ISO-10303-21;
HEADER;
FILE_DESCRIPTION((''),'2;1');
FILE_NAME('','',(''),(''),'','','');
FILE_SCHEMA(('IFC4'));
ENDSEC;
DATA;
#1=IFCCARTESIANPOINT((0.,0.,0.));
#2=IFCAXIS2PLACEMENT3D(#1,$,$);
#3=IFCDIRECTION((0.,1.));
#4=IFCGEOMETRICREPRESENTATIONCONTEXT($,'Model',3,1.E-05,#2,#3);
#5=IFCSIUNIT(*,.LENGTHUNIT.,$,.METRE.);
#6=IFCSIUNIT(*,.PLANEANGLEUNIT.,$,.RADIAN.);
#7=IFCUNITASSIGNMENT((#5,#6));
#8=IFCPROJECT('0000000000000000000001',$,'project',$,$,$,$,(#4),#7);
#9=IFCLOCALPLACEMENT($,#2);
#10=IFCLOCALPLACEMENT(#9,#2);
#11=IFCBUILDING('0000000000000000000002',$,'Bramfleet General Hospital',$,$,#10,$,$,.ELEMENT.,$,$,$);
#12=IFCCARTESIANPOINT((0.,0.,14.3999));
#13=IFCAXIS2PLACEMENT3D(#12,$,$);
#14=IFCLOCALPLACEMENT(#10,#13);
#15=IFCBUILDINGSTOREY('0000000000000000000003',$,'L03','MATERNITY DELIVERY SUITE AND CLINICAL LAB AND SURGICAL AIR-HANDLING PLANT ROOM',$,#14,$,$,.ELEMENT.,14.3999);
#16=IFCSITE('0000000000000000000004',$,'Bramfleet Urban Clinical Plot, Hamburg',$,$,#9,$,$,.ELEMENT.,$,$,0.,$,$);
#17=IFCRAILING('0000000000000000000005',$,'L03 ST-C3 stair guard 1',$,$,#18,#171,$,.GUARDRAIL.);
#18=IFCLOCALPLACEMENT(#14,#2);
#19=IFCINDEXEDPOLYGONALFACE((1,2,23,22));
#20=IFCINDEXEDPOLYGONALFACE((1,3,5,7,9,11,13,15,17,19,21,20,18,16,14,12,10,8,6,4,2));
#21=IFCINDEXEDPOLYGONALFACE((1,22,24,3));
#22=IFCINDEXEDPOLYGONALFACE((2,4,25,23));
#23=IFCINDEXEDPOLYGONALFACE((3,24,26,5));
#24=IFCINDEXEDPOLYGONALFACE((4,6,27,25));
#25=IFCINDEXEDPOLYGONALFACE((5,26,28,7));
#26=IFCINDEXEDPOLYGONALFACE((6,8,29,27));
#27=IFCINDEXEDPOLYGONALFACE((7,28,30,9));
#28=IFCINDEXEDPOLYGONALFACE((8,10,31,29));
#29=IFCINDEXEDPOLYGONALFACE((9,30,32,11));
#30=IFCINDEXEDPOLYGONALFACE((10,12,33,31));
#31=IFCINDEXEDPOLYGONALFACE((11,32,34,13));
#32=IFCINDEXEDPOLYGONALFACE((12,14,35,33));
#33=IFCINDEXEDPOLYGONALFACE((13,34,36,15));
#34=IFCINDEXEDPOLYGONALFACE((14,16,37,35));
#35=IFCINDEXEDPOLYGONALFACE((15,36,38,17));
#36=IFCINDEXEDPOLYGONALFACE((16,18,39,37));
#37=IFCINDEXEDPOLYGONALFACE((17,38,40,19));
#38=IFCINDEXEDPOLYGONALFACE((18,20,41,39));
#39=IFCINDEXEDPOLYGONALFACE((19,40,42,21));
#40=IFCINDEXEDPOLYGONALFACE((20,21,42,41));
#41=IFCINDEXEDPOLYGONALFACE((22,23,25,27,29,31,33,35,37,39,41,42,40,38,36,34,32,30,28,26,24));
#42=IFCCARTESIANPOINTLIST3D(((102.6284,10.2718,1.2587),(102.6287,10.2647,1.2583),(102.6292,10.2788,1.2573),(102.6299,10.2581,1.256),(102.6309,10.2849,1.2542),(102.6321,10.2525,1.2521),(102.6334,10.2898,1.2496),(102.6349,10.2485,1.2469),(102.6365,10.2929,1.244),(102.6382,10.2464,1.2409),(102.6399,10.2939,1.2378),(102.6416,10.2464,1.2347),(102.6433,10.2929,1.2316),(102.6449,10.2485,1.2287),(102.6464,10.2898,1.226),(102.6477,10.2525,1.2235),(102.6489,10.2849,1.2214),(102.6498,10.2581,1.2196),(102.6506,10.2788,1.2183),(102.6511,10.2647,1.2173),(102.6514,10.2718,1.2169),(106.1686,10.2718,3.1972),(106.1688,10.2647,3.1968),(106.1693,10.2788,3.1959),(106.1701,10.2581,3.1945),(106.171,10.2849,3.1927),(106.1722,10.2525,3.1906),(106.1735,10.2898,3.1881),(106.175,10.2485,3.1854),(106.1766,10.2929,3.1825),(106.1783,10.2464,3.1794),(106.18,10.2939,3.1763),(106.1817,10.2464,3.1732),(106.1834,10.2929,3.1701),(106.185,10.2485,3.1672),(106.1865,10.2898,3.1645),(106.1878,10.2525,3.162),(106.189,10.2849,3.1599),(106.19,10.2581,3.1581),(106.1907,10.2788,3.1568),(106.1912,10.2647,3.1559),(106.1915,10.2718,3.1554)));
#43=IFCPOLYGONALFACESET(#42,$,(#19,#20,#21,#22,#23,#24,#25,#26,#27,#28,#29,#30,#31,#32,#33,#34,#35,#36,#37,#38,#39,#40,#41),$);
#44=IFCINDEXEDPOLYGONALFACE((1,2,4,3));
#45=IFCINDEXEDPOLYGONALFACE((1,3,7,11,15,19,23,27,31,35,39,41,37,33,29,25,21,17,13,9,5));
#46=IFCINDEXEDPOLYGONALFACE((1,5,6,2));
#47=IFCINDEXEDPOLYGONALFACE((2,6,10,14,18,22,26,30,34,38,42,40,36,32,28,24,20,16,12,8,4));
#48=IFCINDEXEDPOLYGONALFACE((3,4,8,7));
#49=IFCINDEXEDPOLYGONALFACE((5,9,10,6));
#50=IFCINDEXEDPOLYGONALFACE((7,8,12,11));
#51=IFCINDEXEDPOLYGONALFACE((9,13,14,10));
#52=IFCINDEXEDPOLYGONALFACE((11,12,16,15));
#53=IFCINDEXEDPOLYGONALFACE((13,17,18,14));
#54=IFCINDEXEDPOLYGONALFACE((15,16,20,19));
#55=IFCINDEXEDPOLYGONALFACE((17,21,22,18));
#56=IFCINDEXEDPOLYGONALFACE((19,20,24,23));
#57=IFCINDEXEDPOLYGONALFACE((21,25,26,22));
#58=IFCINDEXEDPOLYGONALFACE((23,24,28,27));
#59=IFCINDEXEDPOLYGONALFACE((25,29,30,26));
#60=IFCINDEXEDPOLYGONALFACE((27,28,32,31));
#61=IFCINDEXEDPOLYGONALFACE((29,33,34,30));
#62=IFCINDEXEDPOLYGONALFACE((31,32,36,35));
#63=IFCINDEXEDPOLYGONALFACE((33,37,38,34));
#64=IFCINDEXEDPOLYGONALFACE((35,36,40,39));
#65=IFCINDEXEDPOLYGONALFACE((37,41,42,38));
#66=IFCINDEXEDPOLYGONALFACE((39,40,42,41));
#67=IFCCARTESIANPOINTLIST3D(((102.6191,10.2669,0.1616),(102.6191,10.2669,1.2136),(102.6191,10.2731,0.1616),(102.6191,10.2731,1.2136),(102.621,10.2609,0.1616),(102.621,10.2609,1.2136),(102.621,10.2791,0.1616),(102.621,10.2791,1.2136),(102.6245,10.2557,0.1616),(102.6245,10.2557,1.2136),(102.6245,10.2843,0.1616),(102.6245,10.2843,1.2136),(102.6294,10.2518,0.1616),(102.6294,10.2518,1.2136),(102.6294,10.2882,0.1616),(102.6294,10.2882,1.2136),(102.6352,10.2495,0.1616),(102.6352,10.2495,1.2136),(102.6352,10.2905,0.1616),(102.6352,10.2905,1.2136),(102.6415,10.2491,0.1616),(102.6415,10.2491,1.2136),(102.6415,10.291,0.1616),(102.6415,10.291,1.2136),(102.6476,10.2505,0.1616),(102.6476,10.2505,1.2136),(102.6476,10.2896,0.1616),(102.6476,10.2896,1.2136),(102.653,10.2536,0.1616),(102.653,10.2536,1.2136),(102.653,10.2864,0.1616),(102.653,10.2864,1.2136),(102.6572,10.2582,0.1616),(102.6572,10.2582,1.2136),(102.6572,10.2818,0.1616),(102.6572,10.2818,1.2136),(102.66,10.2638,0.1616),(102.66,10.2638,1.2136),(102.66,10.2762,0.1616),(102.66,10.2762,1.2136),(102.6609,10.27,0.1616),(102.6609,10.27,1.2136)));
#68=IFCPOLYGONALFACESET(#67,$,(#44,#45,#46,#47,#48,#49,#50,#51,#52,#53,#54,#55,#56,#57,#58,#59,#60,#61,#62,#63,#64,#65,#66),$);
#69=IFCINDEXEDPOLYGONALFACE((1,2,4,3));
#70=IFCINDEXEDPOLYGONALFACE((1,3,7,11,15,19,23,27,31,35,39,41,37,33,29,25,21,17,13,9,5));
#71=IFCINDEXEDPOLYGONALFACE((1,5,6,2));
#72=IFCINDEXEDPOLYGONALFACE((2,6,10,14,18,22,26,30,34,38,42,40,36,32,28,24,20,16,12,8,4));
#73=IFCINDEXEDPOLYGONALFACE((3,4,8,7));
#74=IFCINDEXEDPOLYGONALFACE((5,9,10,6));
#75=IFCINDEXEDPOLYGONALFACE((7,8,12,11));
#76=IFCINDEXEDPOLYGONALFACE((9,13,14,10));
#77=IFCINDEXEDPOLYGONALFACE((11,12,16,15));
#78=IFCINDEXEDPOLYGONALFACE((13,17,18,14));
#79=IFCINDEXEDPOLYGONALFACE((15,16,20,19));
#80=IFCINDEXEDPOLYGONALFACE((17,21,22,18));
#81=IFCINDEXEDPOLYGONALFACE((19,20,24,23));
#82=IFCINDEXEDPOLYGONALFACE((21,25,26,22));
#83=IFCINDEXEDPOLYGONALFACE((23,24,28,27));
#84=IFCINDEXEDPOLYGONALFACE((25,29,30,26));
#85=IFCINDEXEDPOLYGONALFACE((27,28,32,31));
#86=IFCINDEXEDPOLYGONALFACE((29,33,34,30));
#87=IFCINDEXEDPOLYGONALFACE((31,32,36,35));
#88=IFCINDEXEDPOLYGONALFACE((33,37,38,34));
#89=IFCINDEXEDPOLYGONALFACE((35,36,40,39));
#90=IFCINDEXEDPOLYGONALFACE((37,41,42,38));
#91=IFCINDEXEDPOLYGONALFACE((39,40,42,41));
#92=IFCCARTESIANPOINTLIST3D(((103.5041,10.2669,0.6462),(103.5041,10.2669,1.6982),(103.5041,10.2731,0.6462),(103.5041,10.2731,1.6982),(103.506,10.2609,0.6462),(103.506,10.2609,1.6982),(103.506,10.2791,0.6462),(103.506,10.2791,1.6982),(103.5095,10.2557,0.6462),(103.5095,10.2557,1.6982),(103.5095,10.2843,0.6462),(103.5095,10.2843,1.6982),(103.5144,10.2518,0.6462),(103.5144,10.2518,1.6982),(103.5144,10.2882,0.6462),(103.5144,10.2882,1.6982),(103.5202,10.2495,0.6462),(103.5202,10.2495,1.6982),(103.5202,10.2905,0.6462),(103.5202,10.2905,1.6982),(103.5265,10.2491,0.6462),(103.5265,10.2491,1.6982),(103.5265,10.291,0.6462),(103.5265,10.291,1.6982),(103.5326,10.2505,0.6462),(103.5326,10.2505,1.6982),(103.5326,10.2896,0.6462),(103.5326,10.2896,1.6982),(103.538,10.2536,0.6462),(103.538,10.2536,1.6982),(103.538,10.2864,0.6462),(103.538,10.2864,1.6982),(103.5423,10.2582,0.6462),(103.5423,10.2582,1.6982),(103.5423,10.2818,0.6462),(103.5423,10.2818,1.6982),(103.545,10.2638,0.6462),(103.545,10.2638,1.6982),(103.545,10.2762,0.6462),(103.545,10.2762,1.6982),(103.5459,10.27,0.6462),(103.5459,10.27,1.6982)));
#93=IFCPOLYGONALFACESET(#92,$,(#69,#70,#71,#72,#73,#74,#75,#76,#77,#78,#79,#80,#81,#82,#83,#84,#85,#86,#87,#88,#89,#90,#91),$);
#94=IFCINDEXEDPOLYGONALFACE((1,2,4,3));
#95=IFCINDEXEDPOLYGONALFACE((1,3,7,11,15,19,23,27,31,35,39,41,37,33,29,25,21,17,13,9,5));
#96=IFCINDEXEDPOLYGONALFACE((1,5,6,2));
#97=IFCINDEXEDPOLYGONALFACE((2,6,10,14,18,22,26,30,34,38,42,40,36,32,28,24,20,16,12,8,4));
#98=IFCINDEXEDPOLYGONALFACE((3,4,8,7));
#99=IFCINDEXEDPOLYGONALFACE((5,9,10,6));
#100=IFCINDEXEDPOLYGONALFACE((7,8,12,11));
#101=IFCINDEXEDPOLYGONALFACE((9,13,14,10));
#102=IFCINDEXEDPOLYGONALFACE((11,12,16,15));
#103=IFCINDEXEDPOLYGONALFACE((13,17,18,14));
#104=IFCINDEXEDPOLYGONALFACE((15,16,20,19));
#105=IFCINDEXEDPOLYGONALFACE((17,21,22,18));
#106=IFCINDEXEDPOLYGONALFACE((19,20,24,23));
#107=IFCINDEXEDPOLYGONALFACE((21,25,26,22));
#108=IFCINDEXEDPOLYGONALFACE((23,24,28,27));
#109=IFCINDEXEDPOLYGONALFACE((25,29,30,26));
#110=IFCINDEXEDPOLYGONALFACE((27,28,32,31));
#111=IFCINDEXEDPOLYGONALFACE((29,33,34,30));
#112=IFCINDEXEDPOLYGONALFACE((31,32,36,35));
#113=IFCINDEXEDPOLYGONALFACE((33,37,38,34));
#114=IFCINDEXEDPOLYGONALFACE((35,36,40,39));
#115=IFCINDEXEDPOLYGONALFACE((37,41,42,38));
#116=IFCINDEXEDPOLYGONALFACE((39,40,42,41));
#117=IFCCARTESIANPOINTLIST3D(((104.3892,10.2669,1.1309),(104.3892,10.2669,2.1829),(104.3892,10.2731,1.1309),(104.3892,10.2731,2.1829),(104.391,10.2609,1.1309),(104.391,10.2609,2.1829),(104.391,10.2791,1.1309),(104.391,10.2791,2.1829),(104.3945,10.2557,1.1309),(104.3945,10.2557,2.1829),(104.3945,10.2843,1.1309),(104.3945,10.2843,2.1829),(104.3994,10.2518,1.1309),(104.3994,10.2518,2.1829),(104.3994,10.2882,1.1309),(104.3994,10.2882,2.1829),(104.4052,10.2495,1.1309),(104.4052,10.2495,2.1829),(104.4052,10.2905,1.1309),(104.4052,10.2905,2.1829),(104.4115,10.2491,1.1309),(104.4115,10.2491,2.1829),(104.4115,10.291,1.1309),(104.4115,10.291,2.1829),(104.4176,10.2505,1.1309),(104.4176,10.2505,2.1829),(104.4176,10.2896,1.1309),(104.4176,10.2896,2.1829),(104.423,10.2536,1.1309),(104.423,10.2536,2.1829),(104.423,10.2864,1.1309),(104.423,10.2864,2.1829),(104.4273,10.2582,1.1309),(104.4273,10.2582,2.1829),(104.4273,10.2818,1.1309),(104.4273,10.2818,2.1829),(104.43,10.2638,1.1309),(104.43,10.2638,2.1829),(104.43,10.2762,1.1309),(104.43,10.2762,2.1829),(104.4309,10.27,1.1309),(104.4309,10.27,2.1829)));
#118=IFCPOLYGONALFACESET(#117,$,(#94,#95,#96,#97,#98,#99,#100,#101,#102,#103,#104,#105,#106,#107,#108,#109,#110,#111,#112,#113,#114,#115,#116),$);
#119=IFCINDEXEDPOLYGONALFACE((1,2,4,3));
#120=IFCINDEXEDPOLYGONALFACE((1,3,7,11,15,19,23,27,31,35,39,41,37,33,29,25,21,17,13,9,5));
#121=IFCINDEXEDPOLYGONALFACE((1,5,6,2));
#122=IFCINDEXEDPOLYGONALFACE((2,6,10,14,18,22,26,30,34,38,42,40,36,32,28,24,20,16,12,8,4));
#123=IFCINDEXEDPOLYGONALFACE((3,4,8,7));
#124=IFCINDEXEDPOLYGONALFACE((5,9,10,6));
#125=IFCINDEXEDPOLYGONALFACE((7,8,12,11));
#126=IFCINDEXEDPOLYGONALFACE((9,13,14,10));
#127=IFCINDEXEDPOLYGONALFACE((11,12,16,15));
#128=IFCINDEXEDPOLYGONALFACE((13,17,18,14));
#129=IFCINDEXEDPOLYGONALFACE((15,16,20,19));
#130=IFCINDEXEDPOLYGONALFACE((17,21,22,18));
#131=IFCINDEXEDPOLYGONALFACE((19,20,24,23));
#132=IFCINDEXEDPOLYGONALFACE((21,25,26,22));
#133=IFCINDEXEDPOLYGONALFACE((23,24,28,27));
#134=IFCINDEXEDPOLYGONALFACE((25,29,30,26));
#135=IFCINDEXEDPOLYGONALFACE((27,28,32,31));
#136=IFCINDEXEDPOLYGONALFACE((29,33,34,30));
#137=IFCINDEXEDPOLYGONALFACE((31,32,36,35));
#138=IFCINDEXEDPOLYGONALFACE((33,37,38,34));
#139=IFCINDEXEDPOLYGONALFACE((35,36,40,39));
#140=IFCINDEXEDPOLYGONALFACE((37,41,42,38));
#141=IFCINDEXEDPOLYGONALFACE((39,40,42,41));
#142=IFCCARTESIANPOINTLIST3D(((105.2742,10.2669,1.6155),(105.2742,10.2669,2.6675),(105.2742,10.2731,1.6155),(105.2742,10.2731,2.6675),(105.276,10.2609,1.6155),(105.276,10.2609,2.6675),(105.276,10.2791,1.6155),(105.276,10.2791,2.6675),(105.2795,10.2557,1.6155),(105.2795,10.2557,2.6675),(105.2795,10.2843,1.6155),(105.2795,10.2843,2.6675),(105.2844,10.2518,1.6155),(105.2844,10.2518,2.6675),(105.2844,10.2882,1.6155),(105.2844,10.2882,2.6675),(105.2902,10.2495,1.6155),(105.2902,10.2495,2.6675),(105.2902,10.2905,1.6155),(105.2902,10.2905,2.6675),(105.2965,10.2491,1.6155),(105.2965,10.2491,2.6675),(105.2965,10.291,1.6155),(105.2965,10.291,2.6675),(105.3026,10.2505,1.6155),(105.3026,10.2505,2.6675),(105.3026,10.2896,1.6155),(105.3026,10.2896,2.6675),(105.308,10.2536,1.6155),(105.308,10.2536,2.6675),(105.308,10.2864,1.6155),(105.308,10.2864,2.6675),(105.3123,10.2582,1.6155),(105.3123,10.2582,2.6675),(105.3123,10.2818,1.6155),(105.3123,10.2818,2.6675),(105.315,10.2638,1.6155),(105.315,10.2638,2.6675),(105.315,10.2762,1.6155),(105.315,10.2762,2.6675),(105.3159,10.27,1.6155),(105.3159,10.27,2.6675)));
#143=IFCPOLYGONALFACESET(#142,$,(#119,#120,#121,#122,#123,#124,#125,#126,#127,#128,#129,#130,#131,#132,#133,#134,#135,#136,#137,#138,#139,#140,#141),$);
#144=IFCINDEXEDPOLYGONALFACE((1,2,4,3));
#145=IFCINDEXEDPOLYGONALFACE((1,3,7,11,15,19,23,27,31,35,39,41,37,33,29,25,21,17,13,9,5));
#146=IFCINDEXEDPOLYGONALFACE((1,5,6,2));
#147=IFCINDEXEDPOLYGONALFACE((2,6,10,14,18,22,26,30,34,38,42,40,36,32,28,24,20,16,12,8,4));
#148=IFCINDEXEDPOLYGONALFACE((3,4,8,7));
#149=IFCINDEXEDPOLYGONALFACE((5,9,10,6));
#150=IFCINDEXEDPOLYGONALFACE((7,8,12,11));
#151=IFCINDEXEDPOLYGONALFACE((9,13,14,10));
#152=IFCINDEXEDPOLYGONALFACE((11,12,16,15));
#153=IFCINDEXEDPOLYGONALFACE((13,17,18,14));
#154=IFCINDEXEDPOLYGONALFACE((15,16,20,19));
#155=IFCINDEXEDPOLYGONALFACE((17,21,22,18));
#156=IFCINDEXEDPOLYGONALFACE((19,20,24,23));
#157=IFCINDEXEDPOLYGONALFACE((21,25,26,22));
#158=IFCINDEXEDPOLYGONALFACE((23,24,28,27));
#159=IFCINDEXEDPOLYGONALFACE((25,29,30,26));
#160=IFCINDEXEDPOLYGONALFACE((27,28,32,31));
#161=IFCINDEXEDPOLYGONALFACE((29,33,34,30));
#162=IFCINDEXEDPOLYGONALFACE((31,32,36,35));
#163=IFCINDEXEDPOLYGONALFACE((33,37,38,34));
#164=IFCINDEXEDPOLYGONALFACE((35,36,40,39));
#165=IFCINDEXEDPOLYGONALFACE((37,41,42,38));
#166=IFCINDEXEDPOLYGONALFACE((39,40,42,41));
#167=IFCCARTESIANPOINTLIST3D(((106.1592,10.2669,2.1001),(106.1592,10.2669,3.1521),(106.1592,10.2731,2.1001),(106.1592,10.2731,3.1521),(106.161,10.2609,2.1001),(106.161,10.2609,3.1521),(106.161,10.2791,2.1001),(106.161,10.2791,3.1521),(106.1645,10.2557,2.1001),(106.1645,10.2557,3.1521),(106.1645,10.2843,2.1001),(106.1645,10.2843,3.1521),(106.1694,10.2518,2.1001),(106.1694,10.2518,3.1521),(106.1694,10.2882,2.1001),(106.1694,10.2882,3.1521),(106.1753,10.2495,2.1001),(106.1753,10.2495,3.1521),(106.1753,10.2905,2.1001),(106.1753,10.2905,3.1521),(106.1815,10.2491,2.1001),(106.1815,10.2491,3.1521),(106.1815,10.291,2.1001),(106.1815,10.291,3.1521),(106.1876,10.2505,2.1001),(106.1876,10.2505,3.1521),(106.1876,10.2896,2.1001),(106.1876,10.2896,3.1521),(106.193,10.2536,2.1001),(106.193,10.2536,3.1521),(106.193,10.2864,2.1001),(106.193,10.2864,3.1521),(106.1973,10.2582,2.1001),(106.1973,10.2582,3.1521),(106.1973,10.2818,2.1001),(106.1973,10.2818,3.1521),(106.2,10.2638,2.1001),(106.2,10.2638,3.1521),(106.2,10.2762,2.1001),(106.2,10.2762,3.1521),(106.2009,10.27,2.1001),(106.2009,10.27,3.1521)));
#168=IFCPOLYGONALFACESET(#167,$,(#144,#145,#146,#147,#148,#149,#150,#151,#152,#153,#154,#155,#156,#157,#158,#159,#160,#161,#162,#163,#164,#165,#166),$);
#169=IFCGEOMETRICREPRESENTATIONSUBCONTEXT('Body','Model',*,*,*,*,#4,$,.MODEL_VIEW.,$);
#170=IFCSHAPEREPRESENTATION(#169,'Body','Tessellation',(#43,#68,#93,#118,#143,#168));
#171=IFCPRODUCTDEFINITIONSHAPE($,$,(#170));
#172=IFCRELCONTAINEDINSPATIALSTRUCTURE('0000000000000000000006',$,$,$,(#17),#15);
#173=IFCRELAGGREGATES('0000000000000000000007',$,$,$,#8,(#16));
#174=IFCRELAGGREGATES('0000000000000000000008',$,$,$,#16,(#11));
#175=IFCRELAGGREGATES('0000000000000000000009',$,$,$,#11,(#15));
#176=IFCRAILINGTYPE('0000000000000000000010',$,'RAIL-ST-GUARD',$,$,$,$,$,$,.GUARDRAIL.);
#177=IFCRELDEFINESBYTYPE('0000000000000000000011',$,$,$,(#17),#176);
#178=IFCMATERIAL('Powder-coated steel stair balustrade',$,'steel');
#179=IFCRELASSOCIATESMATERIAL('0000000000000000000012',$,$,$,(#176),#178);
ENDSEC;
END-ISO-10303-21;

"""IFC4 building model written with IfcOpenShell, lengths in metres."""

from ifc_helpers import new_model, si_unit, direction, frame, origin, origin_2d, place, context, subcontext, project, spatial, circle, extrude, material, type_object, element, save


model = new_model("IFC4")

# Units and contexts
model_context = context("Model", 3, precision=1e-05, world=origin(), true_north=direction((0.0, 1.0)))
body_context = subcontext(model_context, "Body", "Model", "MODEL_VIEW")
ifc_project = project(units=[si_unit("LENGTHUNIT", "METRE"), si_unit("PLANEANGLEUNIT", "RADIAN")], contexts=[model_context])

# Site, building, storey
site_placement = place(None, origin())
site = spatial("IfcSite", under=ifc_project, at=site_placement, Name="Bramfleet Urban Clinical Plot, Hamburg", CompositionType="ELEMENT", RefElevation=0.0)
building_placement = place(site_placement, origin())
building = spatial("IfcBuilding", under=site, at=building_placement, Name="Bramfleet General Hospital", CompositionType="ELEMENT")
storey_placement = place(building_placement, frame((0.0, 0.0, 14.3999)))
storey = spatial("IfcBuildingStorey", under=building, at=storey_placement, Name="L03", Description="MATERNITY DELIVERY SUITE AND CLINICAL LAB AND SURGICAL AIR-HANDLING PLANT ROOM", CompositionType="ELEMENT", Elevation=14.3999)

# Railing
ifc_material_1 = material(Name="Powder-coated steel stair balustrade", Category="steel")
railing_type_1 = type_object("IfcRailingType", Name="RAIL-ST-GUARD", PredefinedType="GUARDRAIL", material=ifc_material_1)
railing_1_placement = place(storey_placement, frame((102.6399, 10.27, 0.1616)))
element("IfcRailing", 1, at=railing_1_placement, inside=storey, type_object=railing_type_1, Name="L03 ST-C3 stair guard 1", PredefinedType="GUARDRAIL", context=body_context, shape_type="SweptSolid", body=[
    extrude(circle(Radius=0.0239, at=origin_2d()), frame((0.0, 0.0, 1.0762), z_axis=(0.877108, 0.0, 0.480292), x_axis=(0.0, 1.0, 0.0)), (0.0, 0.0, 1.0), 4.0361),
    extrude(circle(Radius=0.021, at=origin_2d()), origin(), (0.0, 0.0, 1.0), 1.052),
    extrude(circle(Radius=0.021, at=origin_2d()), frame((0.885, 0.0, 0.4846)), (0.0, 0.0, 1.0), 1.052),
    extrude(circle(Radius=0.021, at=origin_2d()), frame((1.77, 0.0, 0.9692)), (0.0, 0.0, 1.0), 1.052),
    extrude(circle(Radius=0.021, at=origin_2d()), frame((2.655, 0.0, 1.4539)), (0.0, 0.0, 1.0), 1.052),
    extrude(circle(Radius=0.021, at=origin_2d()), frame((3.54, 0.0, 1.9385)), (0.0, 0.0, 1.0), 1.052),
])

save(model, "model.ifc")
